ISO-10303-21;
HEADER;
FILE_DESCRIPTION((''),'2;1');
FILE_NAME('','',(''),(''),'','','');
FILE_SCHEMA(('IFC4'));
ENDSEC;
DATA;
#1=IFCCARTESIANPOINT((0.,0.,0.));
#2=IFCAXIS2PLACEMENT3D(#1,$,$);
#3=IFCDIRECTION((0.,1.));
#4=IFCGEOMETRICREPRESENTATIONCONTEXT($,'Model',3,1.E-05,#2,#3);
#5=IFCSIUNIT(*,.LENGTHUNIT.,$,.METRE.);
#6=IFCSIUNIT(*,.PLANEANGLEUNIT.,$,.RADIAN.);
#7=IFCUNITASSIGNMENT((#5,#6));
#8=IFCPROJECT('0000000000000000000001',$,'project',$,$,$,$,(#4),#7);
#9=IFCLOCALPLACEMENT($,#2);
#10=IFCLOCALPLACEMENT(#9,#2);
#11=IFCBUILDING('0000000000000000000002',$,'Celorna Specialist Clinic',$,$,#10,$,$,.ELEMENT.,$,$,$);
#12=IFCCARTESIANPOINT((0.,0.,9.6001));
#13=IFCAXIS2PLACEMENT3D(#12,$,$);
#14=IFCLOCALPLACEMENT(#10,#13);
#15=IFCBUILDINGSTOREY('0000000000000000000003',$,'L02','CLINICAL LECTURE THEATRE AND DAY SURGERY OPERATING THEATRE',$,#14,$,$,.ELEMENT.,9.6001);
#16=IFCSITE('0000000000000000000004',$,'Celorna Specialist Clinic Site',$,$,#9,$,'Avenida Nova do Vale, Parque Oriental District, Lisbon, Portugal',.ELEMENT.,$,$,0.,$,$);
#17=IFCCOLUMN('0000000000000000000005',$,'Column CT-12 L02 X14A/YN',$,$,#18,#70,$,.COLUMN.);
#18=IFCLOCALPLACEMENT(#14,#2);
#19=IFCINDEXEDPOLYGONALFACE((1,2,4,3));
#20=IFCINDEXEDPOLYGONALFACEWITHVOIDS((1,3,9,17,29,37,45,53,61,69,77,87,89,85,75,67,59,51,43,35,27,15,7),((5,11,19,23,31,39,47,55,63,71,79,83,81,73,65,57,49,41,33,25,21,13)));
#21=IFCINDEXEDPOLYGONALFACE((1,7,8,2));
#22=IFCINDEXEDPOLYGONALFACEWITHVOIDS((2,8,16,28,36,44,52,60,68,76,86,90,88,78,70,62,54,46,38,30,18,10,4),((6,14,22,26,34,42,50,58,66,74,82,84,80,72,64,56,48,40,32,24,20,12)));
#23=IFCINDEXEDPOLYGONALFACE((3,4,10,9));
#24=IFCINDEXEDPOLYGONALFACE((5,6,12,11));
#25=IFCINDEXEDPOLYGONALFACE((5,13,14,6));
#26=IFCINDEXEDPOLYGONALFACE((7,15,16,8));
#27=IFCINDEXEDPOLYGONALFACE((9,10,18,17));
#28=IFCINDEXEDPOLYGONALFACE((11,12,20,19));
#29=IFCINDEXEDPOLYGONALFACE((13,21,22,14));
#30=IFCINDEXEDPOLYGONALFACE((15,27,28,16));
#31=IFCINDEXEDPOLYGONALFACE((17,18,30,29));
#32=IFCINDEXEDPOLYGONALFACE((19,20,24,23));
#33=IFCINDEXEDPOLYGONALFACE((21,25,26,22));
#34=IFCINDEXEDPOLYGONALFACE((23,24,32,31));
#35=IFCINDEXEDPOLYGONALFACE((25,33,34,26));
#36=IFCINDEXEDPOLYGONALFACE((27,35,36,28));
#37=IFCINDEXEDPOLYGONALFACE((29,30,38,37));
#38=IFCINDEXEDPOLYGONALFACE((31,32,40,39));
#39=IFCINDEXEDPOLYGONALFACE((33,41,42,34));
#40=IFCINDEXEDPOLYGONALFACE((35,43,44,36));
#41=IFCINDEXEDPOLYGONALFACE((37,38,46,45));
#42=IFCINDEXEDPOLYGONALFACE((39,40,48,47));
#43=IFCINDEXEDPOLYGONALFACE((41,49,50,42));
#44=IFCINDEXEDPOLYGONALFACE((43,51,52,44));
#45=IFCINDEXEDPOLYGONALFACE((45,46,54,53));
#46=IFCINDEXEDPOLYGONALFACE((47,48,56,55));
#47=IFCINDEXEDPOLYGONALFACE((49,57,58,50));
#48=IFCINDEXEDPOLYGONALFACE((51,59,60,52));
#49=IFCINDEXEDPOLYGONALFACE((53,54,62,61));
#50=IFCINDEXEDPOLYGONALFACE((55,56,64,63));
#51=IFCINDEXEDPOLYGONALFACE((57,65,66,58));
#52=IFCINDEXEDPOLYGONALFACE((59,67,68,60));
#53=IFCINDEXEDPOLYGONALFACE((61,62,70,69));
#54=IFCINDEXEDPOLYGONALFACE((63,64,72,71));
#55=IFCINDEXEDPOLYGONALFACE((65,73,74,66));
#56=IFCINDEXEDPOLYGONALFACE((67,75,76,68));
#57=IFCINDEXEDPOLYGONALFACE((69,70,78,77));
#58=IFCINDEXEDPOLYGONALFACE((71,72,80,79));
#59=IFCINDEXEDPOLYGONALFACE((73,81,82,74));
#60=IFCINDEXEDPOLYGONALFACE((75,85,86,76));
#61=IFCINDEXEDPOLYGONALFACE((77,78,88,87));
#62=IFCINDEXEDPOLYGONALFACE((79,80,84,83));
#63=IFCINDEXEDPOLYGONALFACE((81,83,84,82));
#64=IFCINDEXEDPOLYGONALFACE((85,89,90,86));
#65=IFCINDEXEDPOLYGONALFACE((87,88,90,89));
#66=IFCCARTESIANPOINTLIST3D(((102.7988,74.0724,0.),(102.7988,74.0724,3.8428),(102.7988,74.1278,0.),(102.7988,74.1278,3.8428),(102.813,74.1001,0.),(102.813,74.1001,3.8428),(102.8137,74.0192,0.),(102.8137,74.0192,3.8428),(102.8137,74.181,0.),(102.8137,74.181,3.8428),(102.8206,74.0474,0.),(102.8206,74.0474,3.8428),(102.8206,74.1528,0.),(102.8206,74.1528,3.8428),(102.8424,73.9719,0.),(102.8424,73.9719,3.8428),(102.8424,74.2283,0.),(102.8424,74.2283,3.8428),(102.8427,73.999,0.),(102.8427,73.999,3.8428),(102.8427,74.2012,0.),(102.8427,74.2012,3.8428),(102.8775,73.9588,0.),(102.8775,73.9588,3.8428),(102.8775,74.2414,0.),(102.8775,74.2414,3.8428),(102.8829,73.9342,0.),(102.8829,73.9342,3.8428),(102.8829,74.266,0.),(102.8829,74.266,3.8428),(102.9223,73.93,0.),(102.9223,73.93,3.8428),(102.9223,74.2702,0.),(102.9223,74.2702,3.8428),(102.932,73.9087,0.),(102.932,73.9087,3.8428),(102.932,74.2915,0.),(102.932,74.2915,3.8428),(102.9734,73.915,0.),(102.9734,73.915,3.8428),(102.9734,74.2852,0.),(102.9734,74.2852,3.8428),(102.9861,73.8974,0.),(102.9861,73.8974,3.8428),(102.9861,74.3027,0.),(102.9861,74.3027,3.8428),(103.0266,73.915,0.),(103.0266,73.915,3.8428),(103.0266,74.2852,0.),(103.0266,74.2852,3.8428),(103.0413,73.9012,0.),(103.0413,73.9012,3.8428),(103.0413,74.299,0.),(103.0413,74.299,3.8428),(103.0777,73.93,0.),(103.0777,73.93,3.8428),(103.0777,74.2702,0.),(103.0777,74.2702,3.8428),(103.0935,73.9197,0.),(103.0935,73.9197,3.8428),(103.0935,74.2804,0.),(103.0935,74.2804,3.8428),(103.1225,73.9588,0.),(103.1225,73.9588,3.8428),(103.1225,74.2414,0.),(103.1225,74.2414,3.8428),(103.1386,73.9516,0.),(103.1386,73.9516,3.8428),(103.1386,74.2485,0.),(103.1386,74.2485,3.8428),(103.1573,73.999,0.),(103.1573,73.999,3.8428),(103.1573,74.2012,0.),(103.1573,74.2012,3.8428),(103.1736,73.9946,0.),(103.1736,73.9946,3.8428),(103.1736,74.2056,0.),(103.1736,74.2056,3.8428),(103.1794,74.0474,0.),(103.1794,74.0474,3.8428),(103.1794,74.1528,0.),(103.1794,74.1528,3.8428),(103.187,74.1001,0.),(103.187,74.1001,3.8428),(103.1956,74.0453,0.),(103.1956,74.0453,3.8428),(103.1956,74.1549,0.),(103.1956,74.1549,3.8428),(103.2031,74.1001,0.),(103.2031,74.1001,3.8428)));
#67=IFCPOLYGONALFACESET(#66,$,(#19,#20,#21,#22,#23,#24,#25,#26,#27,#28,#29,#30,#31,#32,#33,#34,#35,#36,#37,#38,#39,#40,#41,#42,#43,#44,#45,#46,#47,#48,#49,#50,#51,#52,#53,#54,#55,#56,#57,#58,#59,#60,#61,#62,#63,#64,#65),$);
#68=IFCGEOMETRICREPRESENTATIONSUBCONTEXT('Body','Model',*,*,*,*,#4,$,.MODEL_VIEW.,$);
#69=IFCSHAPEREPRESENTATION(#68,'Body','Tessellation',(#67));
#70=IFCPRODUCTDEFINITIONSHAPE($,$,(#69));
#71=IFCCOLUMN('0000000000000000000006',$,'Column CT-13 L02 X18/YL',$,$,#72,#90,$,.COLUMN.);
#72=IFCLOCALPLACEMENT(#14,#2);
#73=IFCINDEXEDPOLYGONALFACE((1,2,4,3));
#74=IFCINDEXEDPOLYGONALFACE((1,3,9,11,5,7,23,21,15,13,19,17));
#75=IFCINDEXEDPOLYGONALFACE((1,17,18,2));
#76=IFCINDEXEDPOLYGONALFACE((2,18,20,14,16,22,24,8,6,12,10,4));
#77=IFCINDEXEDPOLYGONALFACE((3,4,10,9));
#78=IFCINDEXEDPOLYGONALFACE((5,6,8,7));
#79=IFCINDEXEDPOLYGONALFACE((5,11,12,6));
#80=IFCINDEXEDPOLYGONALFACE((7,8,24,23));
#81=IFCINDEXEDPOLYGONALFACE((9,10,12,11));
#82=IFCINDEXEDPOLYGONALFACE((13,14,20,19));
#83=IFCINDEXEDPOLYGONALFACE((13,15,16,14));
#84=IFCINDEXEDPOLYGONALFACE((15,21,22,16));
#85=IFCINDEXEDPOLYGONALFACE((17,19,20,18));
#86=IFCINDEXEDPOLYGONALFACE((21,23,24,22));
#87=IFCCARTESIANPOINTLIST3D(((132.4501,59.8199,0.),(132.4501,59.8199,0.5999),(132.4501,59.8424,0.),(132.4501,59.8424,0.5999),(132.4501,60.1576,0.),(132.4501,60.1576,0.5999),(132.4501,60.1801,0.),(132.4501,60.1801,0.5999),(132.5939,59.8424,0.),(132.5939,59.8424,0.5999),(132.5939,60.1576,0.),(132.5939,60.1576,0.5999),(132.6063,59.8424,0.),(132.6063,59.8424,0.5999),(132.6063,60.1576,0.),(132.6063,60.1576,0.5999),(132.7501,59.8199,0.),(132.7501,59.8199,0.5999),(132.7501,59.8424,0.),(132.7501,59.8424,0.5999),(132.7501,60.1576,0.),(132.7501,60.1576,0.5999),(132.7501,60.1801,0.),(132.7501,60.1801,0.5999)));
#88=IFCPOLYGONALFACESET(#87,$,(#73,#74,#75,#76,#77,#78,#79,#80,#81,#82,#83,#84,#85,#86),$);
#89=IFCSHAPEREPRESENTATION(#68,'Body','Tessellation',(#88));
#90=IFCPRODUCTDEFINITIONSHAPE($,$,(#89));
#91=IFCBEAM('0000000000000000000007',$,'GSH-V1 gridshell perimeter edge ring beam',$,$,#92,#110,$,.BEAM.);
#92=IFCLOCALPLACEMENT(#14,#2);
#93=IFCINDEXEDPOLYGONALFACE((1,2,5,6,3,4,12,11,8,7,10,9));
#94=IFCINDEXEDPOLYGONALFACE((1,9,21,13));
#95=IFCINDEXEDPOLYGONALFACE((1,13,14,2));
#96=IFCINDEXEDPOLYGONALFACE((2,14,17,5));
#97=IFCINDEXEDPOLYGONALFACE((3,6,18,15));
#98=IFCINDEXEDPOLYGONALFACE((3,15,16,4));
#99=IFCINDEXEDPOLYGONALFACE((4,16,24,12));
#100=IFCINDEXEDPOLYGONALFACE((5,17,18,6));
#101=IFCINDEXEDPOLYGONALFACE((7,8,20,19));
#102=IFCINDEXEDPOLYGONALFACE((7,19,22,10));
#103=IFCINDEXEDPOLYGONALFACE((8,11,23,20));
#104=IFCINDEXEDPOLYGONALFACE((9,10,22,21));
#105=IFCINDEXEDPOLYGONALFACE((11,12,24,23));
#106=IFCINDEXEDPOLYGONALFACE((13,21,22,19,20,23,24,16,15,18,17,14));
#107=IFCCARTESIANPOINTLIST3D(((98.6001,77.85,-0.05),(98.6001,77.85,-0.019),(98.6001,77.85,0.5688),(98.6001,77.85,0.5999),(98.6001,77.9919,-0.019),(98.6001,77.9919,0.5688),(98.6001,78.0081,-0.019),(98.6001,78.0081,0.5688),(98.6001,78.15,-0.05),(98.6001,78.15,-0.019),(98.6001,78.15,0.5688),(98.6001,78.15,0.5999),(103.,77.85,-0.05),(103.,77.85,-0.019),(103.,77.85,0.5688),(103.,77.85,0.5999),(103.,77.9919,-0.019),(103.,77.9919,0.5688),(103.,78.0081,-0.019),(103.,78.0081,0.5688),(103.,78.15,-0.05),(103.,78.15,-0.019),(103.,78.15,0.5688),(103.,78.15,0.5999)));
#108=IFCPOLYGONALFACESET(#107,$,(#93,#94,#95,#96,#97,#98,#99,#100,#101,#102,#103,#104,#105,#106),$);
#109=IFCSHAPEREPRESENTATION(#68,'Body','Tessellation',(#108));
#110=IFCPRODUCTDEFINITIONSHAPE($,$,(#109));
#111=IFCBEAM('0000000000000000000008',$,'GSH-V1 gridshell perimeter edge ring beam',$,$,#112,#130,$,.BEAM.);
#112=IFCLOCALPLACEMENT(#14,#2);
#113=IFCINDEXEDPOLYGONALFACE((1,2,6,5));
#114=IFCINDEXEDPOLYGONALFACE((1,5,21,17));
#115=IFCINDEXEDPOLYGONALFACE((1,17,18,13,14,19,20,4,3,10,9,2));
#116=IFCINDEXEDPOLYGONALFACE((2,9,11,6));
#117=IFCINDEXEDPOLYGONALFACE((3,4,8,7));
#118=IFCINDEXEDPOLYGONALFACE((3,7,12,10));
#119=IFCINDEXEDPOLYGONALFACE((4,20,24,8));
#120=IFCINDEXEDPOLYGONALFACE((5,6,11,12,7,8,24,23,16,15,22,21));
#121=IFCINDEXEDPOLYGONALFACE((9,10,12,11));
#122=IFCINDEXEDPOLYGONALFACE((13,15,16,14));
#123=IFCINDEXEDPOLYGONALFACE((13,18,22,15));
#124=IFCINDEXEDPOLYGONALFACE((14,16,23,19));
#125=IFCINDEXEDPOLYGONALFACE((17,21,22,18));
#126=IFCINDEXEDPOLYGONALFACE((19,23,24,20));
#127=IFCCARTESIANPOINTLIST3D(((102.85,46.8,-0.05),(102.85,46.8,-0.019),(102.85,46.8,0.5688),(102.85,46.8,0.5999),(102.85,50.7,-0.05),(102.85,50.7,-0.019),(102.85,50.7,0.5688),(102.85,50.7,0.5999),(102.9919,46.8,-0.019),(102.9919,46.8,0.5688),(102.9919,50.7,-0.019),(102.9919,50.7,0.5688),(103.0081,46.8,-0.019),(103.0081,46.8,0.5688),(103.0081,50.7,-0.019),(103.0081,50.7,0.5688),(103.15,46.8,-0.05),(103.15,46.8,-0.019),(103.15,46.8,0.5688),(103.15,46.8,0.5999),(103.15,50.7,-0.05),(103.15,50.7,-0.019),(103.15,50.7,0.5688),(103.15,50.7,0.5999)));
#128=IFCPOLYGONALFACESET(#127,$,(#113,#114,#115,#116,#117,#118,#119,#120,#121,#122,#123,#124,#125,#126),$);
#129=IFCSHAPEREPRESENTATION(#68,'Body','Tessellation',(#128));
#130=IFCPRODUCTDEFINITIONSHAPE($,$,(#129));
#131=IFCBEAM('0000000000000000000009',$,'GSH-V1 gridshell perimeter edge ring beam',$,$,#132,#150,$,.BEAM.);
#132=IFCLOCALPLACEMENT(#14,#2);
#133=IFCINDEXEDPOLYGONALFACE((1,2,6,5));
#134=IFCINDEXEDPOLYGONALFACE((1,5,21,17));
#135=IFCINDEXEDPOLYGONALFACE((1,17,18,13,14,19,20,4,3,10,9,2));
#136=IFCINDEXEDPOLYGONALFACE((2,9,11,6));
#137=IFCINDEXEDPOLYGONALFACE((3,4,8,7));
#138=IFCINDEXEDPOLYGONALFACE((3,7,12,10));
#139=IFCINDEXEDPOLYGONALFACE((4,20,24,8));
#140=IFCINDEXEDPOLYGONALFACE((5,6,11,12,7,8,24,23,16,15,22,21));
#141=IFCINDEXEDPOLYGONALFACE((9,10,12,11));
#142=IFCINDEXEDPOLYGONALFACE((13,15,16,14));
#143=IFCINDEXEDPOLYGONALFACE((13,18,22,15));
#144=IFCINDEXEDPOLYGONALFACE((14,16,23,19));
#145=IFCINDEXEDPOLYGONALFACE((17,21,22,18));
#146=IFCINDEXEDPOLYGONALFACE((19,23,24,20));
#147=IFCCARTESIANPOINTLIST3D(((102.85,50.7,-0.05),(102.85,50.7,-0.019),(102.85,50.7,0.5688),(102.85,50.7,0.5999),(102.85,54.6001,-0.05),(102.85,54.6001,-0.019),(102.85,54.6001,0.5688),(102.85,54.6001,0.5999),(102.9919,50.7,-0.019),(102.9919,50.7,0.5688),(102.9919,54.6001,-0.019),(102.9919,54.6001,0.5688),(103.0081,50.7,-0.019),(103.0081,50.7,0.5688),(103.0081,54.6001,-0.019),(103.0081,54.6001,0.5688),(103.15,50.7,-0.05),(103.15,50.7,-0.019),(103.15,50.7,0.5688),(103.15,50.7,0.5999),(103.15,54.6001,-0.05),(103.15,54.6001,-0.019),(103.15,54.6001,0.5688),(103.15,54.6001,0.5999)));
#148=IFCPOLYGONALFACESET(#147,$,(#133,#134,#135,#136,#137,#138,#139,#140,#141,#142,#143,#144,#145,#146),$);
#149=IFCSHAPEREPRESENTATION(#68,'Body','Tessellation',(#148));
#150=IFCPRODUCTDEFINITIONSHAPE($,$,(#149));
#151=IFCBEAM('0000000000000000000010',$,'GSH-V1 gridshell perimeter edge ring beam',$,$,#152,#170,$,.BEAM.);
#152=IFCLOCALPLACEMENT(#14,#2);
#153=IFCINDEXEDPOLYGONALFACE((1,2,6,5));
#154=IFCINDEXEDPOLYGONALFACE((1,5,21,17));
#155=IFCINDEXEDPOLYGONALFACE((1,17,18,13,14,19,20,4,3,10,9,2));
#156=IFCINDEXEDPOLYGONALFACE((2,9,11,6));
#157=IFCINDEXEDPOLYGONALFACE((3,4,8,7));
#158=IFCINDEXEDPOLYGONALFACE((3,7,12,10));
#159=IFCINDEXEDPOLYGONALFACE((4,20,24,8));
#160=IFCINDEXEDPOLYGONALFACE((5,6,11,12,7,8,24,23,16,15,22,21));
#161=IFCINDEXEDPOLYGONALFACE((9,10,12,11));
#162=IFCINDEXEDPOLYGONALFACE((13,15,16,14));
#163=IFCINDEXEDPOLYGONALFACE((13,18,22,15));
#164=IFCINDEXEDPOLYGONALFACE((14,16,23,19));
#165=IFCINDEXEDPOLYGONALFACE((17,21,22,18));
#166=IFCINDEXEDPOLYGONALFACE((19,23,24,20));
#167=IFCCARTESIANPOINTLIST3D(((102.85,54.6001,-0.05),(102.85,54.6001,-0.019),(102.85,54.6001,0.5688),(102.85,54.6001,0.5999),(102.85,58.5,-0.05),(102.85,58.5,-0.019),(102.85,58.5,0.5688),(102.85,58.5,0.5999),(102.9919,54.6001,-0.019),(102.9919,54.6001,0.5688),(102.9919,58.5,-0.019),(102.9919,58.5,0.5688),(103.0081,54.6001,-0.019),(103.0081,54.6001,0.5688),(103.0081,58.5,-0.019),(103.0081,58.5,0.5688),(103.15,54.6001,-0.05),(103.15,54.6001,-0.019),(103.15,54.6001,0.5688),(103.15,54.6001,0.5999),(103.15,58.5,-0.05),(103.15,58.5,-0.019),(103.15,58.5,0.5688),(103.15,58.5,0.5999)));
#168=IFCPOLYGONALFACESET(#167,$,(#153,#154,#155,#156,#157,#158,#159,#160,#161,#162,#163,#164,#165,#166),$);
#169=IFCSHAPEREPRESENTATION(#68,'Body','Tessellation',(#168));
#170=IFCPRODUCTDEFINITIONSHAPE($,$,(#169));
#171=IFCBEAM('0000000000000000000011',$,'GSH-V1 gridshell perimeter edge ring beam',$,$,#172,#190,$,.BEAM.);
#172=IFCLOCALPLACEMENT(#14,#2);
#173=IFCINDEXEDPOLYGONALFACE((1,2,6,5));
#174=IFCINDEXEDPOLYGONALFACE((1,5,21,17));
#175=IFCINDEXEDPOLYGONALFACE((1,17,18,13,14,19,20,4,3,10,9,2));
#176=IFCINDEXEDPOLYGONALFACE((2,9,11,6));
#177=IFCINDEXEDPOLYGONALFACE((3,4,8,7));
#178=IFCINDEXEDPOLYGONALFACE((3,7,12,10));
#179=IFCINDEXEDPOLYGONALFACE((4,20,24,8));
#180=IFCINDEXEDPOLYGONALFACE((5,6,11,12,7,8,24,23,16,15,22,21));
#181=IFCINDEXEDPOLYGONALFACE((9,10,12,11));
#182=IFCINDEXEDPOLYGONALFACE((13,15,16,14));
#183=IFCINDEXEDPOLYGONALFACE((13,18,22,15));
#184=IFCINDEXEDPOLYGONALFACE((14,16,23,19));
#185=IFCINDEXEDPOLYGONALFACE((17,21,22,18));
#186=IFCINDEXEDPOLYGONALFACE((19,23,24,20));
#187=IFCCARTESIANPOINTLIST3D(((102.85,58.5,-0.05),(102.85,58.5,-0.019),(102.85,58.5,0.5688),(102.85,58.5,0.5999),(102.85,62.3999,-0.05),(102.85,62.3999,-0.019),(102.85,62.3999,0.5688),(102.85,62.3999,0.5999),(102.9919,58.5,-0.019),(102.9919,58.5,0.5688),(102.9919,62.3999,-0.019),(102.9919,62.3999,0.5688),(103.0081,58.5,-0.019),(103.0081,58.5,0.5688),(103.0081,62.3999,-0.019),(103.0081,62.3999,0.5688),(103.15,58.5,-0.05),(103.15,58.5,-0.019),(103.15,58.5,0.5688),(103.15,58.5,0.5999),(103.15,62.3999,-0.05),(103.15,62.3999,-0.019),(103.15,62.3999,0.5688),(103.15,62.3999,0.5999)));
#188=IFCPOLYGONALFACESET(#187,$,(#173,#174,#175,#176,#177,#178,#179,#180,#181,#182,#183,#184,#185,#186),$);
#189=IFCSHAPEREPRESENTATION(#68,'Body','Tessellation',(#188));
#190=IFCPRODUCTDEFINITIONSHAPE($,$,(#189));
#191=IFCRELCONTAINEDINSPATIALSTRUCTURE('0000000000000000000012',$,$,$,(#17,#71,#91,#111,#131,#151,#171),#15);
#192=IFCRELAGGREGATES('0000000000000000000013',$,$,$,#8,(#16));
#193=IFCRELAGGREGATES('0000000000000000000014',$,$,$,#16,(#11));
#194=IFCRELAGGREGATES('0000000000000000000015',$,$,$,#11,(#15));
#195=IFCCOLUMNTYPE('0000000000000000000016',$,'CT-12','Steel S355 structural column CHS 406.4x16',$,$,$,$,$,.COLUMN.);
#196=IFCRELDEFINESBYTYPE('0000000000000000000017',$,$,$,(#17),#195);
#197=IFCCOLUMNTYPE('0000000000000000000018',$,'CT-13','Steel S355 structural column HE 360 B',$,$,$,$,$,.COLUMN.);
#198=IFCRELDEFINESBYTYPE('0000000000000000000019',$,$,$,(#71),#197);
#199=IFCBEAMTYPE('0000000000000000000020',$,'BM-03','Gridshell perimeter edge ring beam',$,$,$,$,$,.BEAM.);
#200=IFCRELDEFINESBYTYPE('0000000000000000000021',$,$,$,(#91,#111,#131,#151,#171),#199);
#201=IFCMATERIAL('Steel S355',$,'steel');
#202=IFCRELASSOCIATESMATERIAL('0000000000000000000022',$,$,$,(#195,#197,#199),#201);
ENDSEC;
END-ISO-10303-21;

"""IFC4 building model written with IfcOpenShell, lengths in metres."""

from ifc_helpers import new_model, si_unit, direction, frame, origin, origin_2d, place, context, subcontext, project, spatial, hollow_circle, i_section, extrude, material, material_profile, profile_set, type_object, element, save


model = new_model("IFC4")

# Units and contexts
model_context = context("Model", 3, precision=1e-05, world=origin(), true_north=direction((0.0, 1.0)))
body_context = subcontext(model_context, "Body", "Model", "MODEL_VIEW")
ifc_project = project(units=[si_unit("LENGTHUNIT", "METRE"), si_unit("PLANEANGLEUNIT", "RADIAN")], contexts=[model_context])

# Site, building, storey
site_placement = place(None, origin())
site = spatial("IfcSite", under=ifc_project, at=site_placement, Name="Celorna Specialist Clinic Site", LongName="Avenida Nova do Vale, Parque Oriental District, Lisbon, Portugal", CompositionType="ELEMENT", RefElevation=0.0)
building_placement = place(site_placement, origin())
building = spatial("IfcBuilding", under=site, at=building_placement, Name="Celorna Specialist Clinic", CompositionType="ELEMENT")
storey_placement = place(building_placement, frame((0.0, 0.0, 9.6001)))
storey = spatial("IfcBuildingStorey", under=building, at=storey_placement, Name="L02", Description="CLINICAL LECTURE THEATRE AND DAY SURGERY OPERATING THEATRE", CompositionType="ELEMENT", Elevation=9.6001)

# Columns
ifc_material_1 = material(Name="Steel S355", Category="steel")
ifc_material_profile_1 = material_profile(ifc_material_1, hollow_circle(Radius=0.2031, WallThickness=0.0161, at=origin_2d()), Name="CHS 406.4x16")
ifc_profile_set_1 = profile_set([ifc_material_profile_1], Name="Steel S355")
column_type_1 = type_object("IfcColumnType", Name="CT-12", Description="Steel S355 structural column CHS 406.4x16", PredefinedType="COLUMN", material=ifc_profile_set_1)
column_1_placement = place(storey_placement, frame((103.0, 74.1001, 0.0), z_axis=(0.0, 0.0, 1.0), x_axis=(1.0, 0.0, 0.0)))
element("IfcColumn", 1, at=column_1_placement, inside=storey, type_object=column_type_1, Name="Column CT-12 L02 X14A/YN", PredefinedType="COLUMN", context=body_context, shape_type="SweptSolid", body=[
    extrude(hollow_circle(Radius=0.2031, WallThickness=0.0161, at=origin_2d()), origin(), (0.0, 0.0, 1.0), 3.8428),
])
ifc_material_profile_2 = material_profile(ifc_material_1, i_section(OverallWidth=0.3, OverallDepth=0.3601, WebThickness=0.0125, FlangeThickness=0.0225, at=origin_2d()), Name="HE 360 B")
ifc_profile_set_2 = profile_set([ifc_material_profile_2], Name="Steel S355")
column_type_2 = type_object("IfcColumnType", Name="CT-13", Description="Steel S355 structural column HE 360 B", PredefinedType="COLUMN", material=ifc_profile_set_2)
column_2_placement = place(storey_placement, frame((132.6001, 60.0, 0.0), z_axis=(0.0, 0.0, 1.0), x_axis=(1.0, 0.0, 0.0)))
element("IfcColumn", 2, at=column_2_placement, inside=storey, type_object=column_type_2, Name="Column CT-13 L02 X18/YL", PredefinedType="COLUMN", context=body_context, shape_type="SweptSolid", body=[
    extrude(i_section(OverallWidth=0.3, OverallDepth=0.3601, WebThickness=0.0125, FlangeThickness=0.0225, at=origin_2d()), origin(), (0.0, 0.0, 1.0), 0.5999),
])

# Beams
ifc_material_profile_3 = material_profile(ifc_material_1, i_section(OverallWidth=0.3, OverallDepth=0.6499, WebThickness=0.0161, FlangeThickness=0.031, at=origin_2d()), Name="HE 650 B")
ifc_profile_set_3 = profile_set([ifc_material_profile_3], Name="Steel S355")
beam_type = type_object("IfcBeamType", Name="BM-03", Description="Gridshell perimeter edge ring beam", PredefinedType="BEAM", material=ifc_profile_set_3)
beam_1_placement = place(storey_placement, frame((98.6001, 78.0, 0.2749), z_axis=(1.0, 0.0, 0.0), x_axis=(0.0, 1.0, 0.0)))
element("IfcBeam", 3, at=beam_1_placement, inside=storey, type_object=beam_type, Name="GSH-V1 gridshell perimeter edge ring beam", PredefinedType="BEAM", context=body_context, shape_type="SweptSolid", body=[
    extrude(i_section(OverallWidth=0.3, OverallDepth=0.6499, WebThickness=0.0161, FlangeThickness=0.031, at=origin_2d()), origin(), (0.0, 0.0, 1.0), 4.3999),
])
beam_2_placement = place(storey_placement, frame((103.0, 46.8, 0.2749), z_axis=(0.0, 1.0, 0.0), x_axis=(-1.0, 0.0, 0.0)))
element("IfcBeam", 4, at=beam_2_placement, inside=storey, type_object=beam_type, Name="GSH-V1 gridshell perimeter edge ring beam", PredefinedType="BEAM", context=body_context, shape_type="SweptSolid", body=[
    extrude(i_section(OverallWidth=0.3, OverallDepth=0.6499, WebThickness=0.0161, FlangeThickness=0.031, at=origin_2d()), origin(), (0.0, 0.0, 1.0), 3.8999),
])
beam_3_placement = place(storey_placement, frame((103.0, 50.7, 0.2749), z_axis=(0.0, 1.0, 0.0), x_axis=(-1.0, 0.0, 0.0)))
element("IfcBeam", 5, at=beam_3_placement, inside=storey, type_object=beam_type, Name="GSH-V1 gridshell perimeter edge ring beam", PredefinedType="BEAM", context=body_context, shape_type="SweptSolid", body=[
    extrude(i_section(OverallWidth=0.3, OverallDepth=0.6499, WebThickness=0.0161, FlangeThickness=0.031, at=origin_2d()), origin(), (0.0, 0.0, 1.0), 3.9001),
])
for number, where, z_axis, x_axis, name in (
    (6, (103.0, 54.6001, 0.2749), (0.0, 1.0, 0.0), (-1.0, 0.0, 0.0), "GSH-V1 gridshell perimeter edge ring beam"),
    (7, (103.0, 58.5, 0.2749), (0.0, 1.0, 0.0), (-1.0, 0.0, 0.0), "GSH-V1 gridshell perimeter edge ring beam"),
):
    element("IfcBeam", number, at=place(storey_placement, frame(where, z_axis=z_axis, x_axis=x_axis)), inside=storey, type_object=beam_type, Name=name, PredefinedType="BEAM", context=body_context, shape_type="SweptSolid", body=[
        extrude(i_section(OverallWidth=0.3, OverallDepth=0.6499, WebThickness=0.0161, FlangeThickness=0.031, at=origin_2d()), origin(), (0.0, 0.0, 1.0), 3.8999),
    ])

save(model, "model.ifc")
